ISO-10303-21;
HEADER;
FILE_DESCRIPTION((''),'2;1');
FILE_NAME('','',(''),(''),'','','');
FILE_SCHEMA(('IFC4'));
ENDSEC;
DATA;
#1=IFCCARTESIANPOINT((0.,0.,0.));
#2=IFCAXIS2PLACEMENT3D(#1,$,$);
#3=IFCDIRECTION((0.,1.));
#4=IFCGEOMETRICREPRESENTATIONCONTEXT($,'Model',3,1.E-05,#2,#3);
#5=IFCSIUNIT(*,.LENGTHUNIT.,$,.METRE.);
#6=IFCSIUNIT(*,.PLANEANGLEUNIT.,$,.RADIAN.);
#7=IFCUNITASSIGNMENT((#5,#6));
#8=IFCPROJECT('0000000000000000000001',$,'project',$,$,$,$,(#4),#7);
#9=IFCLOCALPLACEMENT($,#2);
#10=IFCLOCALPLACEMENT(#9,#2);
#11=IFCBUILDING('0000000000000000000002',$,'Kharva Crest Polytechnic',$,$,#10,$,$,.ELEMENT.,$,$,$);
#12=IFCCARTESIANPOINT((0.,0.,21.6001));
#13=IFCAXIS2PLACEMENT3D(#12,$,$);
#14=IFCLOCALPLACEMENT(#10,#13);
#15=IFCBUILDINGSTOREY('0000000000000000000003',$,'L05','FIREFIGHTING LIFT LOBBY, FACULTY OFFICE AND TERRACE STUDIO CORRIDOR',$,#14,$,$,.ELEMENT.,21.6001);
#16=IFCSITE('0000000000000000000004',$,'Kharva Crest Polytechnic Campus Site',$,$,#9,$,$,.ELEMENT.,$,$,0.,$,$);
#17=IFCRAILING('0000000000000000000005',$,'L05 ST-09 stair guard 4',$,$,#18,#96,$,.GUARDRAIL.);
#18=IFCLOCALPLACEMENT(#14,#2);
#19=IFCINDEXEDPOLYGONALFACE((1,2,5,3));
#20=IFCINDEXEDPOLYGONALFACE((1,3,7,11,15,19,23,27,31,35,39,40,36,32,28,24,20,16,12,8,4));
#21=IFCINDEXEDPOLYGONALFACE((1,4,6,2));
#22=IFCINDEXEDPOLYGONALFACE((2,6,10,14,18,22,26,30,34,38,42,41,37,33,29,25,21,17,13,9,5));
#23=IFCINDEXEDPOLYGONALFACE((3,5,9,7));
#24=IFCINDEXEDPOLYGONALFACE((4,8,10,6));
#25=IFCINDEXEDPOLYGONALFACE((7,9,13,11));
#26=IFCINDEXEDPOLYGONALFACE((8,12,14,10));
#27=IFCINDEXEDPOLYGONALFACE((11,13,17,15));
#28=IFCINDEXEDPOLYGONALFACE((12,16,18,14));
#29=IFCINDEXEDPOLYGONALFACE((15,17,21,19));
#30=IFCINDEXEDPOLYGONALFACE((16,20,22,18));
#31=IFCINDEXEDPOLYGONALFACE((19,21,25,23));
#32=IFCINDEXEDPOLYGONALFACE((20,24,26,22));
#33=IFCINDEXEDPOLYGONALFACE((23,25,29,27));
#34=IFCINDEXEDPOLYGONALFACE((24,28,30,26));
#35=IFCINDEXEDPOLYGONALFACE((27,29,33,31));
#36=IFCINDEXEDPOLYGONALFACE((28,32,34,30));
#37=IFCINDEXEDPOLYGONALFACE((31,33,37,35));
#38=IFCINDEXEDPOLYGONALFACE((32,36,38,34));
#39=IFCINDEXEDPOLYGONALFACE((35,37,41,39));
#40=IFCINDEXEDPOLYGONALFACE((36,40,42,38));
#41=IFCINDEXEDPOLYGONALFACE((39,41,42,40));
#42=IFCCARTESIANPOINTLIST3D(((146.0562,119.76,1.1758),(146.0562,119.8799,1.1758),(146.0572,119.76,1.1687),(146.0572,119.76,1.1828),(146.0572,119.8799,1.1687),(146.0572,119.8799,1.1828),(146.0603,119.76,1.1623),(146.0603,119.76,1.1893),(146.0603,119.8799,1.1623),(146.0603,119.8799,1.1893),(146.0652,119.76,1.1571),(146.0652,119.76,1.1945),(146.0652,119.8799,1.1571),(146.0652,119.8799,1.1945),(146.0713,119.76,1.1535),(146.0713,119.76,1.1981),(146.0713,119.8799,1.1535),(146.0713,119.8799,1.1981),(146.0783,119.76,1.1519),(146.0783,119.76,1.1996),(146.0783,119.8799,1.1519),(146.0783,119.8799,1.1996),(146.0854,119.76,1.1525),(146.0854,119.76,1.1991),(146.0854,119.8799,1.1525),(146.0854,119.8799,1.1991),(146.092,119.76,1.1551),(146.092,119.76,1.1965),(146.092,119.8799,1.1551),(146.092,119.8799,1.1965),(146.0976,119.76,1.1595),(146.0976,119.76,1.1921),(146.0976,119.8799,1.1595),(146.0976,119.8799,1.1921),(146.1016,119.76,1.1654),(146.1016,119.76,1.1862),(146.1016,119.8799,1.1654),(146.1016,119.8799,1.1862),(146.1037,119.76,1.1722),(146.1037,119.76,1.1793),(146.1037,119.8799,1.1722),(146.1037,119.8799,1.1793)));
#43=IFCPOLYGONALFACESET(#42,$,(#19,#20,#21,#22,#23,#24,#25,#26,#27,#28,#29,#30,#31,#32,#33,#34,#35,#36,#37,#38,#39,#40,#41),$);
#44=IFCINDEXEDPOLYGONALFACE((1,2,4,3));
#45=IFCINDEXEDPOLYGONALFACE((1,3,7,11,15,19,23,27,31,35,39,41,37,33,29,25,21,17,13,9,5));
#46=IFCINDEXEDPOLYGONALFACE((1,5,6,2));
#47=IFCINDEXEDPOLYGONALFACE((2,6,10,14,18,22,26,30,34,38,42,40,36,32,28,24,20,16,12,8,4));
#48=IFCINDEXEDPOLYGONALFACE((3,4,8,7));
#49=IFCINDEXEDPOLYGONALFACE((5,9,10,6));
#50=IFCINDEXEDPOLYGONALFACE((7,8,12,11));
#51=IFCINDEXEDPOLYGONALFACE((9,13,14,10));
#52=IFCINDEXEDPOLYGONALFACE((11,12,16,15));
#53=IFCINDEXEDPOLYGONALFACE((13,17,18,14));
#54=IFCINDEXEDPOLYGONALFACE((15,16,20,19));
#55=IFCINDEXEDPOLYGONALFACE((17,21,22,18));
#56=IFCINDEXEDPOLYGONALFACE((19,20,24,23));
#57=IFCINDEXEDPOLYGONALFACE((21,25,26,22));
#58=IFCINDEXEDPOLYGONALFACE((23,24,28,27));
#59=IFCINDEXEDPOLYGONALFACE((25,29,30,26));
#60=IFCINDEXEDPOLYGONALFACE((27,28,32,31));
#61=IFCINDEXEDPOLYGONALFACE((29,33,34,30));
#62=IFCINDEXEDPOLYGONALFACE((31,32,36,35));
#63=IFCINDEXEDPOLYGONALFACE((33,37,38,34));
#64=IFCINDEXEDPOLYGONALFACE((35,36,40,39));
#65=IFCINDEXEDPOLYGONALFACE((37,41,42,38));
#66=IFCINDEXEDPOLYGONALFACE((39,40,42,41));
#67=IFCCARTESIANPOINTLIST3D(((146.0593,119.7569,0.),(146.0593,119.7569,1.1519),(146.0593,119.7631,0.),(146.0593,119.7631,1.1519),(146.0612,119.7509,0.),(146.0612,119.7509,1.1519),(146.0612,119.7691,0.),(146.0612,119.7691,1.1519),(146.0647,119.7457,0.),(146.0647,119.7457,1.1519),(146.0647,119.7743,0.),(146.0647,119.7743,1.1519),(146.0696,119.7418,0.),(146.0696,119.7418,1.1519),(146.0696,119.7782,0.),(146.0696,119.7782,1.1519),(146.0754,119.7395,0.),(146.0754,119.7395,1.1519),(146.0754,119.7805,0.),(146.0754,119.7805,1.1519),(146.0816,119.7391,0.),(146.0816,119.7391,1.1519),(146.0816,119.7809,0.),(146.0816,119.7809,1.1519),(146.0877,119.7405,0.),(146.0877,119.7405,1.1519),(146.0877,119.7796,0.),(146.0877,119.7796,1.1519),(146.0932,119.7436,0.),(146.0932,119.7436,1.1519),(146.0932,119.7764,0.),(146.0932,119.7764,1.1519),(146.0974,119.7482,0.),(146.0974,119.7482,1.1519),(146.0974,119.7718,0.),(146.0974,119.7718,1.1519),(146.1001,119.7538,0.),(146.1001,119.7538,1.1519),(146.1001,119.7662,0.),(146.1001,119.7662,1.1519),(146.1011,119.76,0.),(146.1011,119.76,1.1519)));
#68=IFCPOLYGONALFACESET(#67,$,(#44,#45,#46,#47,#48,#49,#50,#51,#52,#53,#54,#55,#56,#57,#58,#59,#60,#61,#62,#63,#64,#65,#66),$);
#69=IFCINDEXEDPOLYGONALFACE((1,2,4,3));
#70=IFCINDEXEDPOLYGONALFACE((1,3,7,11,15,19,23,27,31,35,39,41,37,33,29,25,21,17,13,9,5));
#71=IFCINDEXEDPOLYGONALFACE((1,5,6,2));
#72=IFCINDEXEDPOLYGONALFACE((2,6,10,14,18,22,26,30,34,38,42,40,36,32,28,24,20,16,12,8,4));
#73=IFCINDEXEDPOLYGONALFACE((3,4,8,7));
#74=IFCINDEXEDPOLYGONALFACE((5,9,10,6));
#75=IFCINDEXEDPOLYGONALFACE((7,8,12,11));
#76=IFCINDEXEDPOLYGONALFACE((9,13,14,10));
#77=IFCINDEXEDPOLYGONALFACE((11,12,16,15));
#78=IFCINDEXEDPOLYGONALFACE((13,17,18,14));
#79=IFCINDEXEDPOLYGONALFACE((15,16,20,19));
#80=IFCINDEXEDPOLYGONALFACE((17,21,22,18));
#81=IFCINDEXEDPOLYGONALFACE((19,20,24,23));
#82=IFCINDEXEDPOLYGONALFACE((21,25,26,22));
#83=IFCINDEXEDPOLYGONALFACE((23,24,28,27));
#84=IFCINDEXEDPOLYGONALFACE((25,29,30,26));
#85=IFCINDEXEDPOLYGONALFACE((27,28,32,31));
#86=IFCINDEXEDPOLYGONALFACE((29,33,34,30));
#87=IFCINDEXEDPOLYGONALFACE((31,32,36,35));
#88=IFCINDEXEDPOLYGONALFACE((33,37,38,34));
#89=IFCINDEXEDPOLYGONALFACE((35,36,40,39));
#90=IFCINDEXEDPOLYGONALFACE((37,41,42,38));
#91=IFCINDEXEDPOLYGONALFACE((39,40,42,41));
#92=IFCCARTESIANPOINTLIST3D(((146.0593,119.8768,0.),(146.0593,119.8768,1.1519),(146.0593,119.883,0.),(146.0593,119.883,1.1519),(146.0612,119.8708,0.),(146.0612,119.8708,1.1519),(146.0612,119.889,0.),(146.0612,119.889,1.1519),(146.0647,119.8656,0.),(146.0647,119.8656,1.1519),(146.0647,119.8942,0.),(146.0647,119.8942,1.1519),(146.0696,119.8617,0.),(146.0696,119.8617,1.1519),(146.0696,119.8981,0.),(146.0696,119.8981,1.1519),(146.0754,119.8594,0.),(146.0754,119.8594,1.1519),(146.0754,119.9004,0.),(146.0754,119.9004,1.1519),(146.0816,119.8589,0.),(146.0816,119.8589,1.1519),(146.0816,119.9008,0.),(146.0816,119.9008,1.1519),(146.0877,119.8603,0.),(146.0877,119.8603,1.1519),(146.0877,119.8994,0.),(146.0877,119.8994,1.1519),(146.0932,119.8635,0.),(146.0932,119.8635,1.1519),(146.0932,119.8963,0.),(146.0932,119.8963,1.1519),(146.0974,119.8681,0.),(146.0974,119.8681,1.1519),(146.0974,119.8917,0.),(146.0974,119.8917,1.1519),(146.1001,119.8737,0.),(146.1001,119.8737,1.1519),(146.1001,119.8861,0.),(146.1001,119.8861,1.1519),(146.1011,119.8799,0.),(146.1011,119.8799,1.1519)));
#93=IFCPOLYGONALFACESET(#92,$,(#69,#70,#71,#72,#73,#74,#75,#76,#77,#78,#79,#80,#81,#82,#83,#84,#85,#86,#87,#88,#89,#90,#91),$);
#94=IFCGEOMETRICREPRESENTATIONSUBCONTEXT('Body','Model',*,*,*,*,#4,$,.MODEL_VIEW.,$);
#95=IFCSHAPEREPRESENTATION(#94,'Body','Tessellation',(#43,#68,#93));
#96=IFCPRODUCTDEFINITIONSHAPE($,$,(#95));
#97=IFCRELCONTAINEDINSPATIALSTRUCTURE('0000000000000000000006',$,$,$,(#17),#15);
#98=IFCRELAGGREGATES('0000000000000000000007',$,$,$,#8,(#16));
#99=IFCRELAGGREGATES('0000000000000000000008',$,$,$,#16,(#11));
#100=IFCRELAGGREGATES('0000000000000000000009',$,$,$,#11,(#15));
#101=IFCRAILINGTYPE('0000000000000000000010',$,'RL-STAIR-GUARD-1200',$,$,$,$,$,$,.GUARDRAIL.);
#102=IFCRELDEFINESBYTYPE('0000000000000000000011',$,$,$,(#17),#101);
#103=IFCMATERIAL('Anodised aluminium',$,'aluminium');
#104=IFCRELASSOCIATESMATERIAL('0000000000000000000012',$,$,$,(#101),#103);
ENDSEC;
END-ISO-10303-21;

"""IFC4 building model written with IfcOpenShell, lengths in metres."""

from ifc_helpers import new_model, si_unit, direction, frame, origin, origin_2d, place, context, subcontext, project, spatial, circle, extrude, material, type_object, element, save


model = new_model("IFC4")

# Units and contexts
model_context = context("Model", 3, precision=1e-05, world=origin(), true_north=direction((0.0, 1.0)))
body_context = subcontext(model_context, "Body", "Model", "MODEL_VIEW")
ifc_project = project(units=[si_unit("LENGTHUNIT", "METRE"), si_unit("PLANEANGLEUNIT", "RADIAN")], contexts=[model_context])

# Site, building, storey
site_placement = place(None, origin())
site = spatial("IfcSite", under=ifc_project, at=site_placement, Name="Kharva Crest Polytechnic Campus Site", CompositionType="ELEMENT", RefElevation=0.0)
building_placement = place(site_placement, origin())
building = spatial("IfcBuilding", under=site, at=building_placement, Name="Kharva Crest Polytechnic", CompositionType="ELEMENT")
storey_placement = place(building_placement, frame((0.0, 0.0, 21.6001)))
storey = spatial("IfcBuildingStorey", under=building, at=storey_placement, Name="L05", Description="FIREFIGHTING LIFT LOBBY, FACULTY OFFICE AND TERRACE STUDIO CORRIDOR", CompositionType="ELEMENT", Elevation=21.6001)

# Shared definitions
ifc_material_1 = material(Name="Anodised aluminium", Category="aluminium")

# Railing
railing_type = type_object("IfcRailingType", Name="RL-STAIR-GUARD-1200", PredefinedType="GUARDRAIL", material=ifc_material_1)
railing_placement = place(storey_placement, frame((146.0801, 119.76, 0.0)))
element("IfcRailing", 1, at=railing_placement, inside=storey, type_object=railing_type, Name="L05 ST-09 stair guard 4", PredefinedType="GUARDRAIL", context=body_context, shape_type="SweptSolid", body=[
    extrude(circle(Radius=0.0239, at=origin_2d()), frame((0.0, 0.0, 1.1758), z_axis=(0.0, 1.0, 0.0), x_axis=(-1.0, 0.0, 0.0)), (0.0, 0.0, 1.0), 0.1199),
    extrude(circle(Radius=0.021, at=origin_2d()), origin(), (0.0, 0.0, 1.0), 1.1519),
    extrude(circle(Radius=0.021, at=origin_2d()), frame((0.0, 0.1199, 0.0)), (0.0, 0.0, 1.0), 1.1519),
])

save(model, "model.ifc")
